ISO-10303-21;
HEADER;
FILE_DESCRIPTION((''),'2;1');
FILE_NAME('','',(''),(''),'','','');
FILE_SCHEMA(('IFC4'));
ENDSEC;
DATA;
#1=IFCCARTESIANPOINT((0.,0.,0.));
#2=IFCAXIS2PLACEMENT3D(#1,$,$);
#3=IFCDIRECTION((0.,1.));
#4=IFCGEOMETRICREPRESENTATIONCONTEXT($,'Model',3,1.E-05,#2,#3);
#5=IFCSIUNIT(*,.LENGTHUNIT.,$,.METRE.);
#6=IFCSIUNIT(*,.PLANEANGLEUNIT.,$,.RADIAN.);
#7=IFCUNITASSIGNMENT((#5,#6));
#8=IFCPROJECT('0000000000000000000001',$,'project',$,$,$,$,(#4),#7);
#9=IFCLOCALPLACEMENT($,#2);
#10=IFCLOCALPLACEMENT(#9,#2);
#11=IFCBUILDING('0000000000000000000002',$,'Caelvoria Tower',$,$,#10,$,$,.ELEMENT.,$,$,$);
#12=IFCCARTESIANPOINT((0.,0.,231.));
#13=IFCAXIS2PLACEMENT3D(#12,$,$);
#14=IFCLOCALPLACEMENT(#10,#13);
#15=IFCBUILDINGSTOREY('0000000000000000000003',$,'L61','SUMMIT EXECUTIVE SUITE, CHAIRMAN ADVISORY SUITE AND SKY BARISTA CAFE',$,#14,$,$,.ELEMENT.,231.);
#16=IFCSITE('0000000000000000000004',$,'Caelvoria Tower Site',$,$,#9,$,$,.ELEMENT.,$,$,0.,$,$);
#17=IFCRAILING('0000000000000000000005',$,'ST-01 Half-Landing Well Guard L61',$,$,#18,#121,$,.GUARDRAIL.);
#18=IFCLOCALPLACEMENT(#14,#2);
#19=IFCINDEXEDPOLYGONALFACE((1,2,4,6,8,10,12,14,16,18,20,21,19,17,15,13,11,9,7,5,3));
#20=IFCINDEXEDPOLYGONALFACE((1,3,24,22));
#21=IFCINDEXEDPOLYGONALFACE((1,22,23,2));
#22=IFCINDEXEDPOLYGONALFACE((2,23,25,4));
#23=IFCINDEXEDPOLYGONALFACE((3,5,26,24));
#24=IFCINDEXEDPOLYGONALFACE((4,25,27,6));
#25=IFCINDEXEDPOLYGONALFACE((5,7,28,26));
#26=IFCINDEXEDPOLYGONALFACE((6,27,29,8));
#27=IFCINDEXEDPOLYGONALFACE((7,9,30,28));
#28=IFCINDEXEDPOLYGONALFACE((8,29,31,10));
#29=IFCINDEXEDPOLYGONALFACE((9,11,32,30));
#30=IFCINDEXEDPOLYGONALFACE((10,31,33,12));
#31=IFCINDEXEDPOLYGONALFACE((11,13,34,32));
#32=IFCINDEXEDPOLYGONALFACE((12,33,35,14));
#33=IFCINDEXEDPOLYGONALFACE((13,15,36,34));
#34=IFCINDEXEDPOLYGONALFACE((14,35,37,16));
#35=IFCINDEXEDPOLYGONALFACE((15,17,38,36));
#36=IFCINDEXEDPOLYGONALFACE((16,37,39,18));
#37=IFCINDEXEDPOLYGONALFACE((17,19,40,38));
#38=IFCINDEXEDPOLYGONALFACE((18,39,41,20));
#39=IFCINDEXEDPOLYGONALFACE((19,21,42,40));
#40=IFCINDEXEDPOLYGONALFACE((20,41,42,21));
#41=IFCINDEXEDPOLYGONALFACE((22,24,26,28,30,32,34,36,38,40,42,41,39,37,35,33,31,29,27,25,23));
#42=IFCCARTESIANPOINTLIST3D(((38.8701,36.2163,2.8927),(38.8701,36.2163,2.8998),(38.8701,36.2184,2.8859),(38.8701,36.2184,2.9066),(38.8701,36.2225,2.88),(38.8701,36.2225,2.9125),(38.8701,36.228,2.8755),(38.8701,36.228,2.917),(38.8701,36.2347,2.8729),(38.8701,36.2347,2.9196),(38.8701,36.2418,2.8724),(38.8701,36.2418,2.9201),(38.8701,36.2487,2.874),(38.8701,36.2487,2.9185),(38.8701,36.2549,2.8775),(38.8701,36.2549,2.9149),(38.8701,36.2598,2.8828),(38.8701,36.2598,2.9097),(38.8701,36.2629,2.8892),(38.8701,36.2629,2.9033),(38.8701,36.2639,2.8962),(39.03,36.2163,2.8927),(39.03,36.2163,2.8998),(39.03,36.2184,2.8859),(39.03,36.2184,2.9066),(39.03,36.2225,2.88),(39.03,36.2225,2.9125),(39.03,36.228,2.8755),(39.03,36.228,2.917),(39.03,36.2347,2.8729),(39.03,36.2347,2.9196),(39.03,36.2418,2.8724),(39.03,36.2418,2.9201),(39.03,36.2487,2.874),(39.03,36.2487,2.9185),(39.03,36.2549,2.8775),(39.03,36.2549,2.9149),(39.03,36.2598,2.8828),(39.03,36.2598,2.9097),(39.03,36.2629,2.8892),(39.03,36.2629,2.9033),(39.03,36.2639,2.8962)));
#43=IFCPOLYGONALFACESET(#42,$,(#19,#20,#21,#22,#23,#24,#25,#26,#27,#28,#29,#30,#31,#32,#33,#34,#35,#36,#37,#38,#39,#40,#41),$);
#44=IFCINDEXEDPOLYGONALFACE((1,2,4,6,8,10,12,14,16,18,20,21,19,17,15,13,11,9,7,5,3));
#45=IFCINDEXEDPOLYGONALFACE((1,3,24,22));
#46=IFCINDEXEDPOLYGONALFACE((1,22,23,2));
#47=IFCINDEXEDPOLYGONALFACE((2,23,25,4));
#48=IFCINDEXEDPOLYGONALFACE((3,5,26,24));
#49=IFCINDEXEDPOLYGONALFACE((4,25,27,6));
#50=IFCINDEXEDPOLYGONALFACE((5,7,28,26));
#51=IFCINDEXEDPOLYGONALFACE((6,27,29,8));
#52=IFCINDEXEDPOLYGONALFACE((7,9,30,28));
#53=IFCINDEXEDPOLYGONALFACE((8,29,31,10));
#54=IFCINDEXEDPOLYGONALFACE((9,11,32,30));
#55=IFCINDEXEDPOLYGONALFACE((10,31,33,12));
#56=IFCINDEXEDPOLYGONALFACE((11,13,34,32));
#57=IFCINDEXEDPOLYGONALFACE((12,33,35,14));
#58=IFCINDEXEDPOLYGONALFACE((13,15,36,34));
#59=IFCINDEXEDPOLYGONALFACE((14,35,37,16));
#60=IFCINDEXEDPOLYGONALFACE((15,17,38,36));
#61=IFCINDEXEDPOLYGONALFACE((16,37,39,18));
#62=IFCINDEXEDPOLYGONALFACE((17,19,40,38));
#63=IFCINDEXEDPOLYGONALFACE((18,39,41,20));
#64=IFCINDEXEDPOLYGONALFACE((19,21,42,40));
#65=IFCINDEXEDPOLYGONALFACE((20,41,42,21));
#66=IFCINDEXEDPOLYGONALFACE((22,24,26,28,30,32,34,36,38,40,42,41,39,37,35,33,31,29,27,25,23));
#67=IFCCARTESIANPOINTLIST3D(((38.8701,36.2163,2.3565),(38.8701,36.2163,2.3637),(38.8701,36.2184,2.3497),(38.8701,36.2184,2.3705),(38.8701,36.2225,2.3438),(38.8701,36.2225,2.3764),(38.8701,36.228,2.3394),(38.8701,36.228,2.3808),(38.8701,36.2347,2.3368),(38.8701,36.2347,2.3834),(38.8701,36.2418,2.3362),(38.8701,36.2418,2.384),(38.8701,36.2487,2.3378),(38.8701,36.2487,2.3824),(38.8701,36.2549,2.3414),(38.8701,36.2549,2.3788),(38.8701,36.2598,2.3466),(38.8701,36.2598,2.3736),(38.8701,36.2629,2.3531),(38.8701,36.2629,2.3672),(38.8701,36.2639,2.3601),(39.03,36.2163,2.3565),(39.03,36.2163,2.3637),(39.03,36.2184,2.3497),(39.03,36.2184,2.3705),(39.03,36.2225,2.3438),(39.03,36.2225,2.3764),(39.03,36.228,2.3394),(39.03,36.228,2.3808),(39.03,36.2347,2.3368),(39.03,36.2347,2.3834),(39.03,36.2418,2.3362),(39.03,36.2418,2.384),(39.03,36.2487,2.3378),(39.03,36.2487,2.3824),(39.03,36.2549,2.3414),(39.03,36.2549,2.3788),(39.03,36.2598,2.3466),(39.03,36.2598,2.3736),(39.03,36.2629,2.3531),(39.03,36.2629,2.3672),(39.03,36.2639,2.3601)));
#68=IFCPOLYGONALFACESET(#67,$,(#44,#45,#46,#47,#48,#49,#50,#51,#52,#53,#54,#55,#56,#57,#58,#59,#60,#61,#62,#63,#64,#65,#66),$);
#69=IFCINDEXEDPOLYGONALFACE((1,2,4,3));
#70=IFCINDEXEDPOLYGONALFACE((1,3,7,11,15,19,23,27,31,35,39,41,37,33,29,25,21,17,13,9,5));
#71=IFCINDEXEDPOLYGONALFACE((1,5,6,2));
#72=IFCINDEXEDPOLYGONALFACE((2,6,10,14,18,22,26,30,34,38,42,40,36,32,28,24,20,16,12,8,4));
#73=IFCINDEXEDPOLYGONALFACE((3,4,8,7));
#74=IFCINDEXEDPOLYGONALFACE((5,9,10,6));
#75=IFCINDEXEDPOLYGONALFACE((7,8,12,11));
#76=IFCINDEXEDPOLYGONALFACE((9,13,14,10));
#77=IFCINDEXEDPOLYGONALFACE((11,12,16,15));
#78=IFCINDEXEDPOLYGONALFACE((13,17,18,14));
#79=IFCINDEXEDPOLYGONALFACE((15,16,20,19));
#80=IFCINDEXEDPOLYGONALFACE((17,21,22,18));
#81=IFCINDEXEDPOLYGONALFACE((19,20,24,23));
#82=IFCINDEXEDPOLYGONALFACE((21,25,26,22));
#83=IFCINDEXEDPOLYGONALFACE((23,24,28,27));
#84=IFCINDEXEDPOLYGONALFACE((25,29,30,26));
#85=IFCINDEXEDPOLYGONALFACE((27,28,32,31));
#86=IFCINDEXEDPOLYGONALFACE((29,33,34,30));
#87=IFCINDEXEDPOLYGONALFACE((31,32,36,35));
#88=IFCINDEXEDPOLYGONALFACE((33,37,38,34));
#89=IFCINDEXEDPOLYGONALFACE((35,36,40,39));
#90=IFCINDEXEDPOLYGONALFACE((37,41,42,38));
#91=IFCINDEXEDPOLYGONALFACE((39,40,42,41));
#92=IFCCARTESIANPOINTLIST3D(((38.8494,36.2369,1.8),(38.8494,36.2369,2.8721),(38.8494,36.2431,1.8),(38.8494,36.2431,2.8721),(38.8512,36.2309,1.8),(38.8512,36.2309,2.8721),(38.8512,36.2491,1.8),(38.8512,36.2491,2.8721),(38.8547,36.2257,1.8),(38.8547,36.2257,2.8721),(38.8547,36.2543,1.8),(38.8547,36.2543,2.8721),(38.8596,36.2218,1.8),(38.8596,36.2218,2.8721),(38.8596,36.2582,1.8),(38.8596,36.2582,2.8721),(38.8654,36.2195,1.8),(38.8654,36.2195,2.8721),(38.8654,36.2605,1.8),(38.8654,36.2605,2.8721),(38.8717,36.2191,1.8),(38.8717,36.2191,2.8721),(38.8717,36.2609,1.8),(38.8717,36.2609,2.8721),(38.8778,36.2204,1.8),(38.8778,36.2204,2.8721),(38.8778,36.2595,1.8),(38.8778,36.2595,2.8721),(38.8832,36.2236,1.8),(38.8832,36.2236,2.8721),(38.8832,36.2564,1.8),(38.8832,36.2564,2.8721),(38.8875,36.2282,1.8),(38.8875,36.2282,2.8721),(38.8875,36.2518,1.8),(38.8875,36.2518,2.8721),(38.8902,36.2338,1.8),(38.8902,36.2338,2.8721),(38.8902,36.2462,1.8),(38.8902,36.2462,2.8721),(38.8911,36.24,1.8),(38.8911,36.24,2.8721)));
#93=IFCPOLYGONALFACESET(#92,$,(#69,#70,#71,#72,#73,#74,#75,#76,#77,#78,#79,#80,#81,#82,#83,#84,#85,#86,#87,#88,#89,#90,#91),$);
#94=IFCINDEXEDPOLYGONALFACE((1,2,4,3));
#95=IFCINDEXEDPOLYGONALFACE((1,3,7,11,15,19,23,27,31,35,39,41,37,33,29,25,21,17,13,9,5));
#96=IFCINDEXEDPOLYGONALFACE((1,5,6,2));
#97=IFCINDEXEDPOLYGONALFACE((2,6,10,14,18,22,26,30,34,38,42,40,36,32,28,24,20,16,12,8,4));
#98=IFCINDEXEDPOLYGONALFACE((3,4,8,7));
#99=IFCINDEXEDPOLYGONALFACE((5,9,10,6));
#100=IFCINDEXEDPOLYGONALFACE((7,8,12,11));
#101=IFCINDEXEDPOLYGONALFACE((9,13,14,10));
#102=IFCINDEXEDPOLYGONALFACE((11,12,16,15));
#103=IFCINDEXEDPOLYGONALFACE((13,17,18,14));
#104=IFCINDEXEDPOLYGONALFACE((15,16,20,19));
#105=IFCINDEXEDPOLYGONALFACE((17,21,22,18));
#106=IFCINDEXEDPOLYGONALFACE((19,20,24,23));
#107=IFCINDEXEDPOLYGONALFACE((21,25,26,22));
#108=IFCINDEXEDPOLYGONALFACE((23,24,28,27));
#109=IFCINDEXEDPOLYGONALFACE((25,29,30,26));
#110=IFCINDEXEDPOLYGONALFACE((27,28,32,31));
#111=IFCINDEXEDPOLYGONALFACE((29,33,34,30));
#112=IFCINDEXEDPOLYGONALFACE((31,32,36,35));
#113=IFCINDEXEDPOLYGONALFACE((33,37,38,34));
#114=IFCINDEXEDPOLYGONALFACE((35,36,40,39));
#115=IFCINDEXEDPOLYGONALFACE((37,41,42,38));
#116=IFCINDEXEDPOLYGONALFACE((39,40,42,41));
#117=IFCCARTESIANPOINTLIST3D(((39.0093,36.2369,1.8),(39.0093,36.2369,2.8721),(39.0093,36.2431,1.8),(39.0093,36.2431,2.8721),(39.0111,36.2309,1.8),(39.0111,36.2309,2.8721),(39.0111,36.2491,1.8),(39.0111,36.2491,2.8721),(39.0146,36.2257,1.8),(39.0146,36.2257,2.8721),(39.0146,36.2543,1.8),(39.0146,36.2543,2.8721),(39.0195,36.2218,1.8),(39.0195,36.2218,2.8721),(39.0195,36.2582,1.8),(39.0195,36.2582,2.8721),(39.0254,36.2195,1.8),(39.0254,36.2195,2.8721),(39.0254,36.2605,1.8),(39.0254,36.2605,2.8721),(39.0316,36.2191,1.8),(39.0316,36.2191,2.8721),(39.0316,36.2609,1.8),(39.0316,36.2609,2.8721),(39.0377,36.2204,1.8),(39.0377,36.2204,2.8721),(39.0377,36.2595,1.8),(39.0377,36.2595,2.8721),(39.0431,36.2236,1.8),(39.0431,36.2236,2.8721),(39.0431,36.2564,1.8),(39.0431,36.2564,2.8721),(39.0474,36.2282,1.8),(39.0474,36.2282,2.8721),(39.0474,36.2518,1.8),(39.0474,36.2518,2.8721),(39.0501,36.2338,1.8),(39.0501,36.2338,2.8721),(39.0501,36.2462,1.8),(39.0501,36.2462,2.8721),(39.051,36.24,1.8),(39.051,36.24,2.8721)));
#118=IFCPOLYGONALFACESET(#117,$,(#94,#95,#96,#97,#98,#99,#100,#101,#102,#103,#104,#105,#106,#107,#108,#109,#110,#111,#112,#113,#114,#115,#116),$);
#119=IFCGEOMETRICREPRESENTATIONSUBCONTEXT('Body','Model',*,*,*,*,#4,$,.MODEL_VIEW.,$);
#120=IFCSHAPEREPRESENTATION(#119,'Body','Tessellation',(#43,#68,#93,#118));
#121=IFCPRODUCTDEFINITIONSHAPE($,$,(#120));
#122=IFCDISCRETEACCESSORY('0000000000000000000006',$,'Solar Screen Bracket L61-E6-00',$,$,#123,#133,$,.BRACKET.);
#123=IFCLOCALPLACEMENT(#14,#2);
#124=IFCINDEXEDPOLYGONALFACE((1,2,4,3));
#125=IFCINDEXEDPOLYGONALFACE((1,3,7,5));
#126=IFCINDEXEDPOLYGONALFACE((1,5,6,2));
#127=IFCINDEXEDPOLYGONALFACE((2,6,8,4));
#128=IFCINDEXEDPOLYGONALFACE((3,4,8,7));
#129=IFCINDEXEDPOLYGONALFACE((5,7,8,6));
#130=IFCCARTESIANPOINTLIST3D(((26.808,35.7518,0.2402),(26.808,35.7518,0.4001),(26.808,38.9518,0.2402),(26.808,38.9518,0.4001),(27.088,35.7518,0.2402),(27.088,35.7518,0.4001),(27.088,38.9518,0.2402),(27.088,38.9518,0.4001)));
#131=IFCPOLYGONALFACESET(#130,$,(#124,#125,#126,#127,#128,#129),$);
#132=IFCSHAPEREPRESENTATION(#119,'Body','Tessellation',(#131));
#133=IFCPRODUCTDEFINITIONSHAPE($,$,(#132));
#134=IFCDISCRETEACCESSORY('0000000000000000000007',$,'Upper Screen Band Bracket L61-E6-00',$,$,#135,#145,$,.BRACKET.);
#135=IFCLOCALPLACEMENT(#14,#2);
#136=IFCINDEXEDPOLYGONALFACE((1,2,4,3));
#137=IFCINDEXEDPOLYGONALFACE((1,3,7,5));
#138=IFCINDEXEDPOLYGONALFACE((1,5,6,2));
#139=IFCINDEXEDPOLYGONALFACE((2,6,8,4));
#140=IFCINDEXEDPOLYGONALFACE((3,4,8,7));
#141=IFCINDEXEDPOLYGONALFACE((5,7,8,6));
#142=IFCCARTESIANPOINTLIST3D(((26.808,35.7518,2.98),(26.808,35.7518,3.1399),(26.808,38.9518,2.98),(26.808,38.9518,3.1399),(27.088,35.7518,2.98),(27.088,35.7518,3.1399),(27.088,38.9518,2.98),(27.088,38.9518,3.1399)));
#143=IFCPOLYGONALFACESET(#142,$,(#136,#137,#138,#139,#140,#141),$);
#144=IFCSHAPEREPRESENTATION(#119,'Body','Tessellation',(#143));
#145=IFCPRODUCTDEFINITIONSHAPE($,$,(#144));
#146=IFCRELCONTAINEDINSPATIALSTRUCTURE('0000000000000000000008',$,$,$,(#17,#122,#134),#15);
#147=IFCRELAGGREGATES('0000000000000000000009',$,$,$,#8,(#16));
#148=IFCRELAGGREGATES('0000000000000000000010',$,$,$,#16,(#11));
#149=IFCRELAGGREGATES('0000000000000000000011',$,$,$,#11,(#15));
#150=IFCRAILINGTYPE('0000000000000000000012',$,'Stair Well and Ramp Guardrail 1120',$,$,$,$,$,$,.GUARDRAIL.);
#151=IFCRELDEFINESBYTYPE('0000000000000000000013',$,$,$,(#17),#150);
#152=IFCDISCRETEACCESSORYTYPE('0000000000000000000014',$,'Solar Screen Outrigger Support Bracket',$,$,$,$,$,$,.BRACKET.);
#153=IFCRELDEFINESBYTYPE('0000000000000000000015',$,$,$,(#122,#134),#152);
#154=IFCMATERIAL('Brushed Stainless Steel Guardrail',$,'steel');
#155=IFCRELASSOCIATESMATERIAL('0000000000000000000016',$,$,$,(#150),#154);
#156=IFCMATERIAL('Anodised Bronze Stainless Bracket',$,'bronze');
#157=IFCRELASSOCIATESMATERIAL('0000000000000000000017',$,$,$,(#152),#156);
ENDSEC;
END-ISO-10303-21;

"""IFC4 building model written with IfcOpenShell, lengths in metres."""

from ifc_helpers import new_model, si_unit, direction, frame, origin, origin_2d, place, context, subcontext, project, spatial, rectangle, circle, extrude, material, type_object, element, save


model = new_model("IFC4")

# Units and contexts
model_context = context("Model", 3, precision=1e-05, world=origin(), true_north=direction((0.0, 1.0)))
body_context = subcontext(model_context, "Body", "Model", "MODEL_VIEW")
ifc_project = project(units=[si_unit("LENGTHUNIT", "METRE"), si_unit("PLANEANGLEUNIT", "RADIAN")], contexts=[model_context])

# Site, building, storey
site_placement = place(None, origin())
site = spatial("IfcSite", under=ifc_project, at=site_placement, Name="Caelvoria Tower Site", CompositionType="ELEMENT", RefElevation=0.0)
building_placement = place(site_placement, origin())
building = spatial("IfcBuilding", under=site, at=building_placement, Name="Caelvoria Tower", CompositionType="ELEMENT")
storey_placement = place(building_placement, frame((0.0, 0.0, 231.0)))
storey = spatial("IfcBuildingStorey", under=building, at=storey_placement, Name="L61", Description="SUMMIT EXECUTIVE SUITE, CHAIRMAN ADVISORY SUITE AND SKY BARISTA CAFE", CompositionType="ELEMENT", Elevation=231.0)

# Railing
ifc_material_1 = material(Name="Brushed Stainless Steel Guardrail", Category="steel")
railing_type_1 = type_object("IfcRailingType", Name="Stair Well and Ramp Guardrail 1120", PredefinedType="GUARDRAIL", material=ifc_material_1)
railing_1_placement = place(storey_placement, frame((38.8701, 36.24, 1.8)))
element("IfcRailing", 1, at=railing_1_placement, inside=storey, type_object=railing_type_1, Name="ST-01 Half-Landing Well Guard L61", PredefinedType="GUARDRAIL", context=body_context, shape_type="SweptSolid", body=[
    extrude(circle(Radius=0.0239, at=origin_2d()), frame((0.0, 0.0, 1.0962), z_axis=(1.0, 0.0, 0.0), x_axis=(0.0, 1.0, 0.0)), (0.0, 0.0, 1.0), 0.1599),
    extrude(circle(Radius=0.0239, at=origin_2d()), frame((0.0, 0.0, 0.5601), z_axis=(1.0, 0.0, 0.0), x_axis=(0.0, 1.0, 0.0)), (0.0, 0.0, 1.0), 0.1599),
    extrude(circle(Radius=0.021, at=origin_2d()), origin(), (0.0, 0.0, 1.0), 1.072),
    extrude(circle(Radius=0.021, at=origin_2d()), frame((0.1599, 0.0, 0.0)), (0.0, 0.0, 1.0), 1.072),
])

# Discrete accessories
ifc_material_2 = material(Name="Anodised Bronze Stainless Bracket", Category="bronze")
discrete_accessory_type = type_object("IfcDiscreteAccessoryType", Name="Solar Screen Outrigger Support Bracket", PredefinedType="BRACKET", material=ifc_material_2)
for number, where, z_axis, x_axis, name in (
    (2, (26.948, 37.3518, 0.2402), (0.0, 0.0, 1.0), (0.0, -1.0, 0.0), "Solar Screen Bracket L61-E6-00"),
    (3, (26.948, 37.3518, 2.98), (0.0, 0.0, 1.0), (0.0, -1.0, 0.0), "Upper Screen Band Bracket L61-E6-00"),
):
    element("IfcDiscreteAccessory", number, at=place(storey_placement, frame(where, z_axis=z_axis, x_axis=x_axis)), inside=storey, type_object=discrete_accessory_type, Name=name, PredefinedType="BRACKET", context=body_context, shape_type="SweptSolid", body=[
        extrude(rectangle(XDim=3.2, YDim=0.28, at=origin_2d()), origin(), (0.0, 0.0, 1.0), 0.1599),
    ])

save(model, "model.ifc")
